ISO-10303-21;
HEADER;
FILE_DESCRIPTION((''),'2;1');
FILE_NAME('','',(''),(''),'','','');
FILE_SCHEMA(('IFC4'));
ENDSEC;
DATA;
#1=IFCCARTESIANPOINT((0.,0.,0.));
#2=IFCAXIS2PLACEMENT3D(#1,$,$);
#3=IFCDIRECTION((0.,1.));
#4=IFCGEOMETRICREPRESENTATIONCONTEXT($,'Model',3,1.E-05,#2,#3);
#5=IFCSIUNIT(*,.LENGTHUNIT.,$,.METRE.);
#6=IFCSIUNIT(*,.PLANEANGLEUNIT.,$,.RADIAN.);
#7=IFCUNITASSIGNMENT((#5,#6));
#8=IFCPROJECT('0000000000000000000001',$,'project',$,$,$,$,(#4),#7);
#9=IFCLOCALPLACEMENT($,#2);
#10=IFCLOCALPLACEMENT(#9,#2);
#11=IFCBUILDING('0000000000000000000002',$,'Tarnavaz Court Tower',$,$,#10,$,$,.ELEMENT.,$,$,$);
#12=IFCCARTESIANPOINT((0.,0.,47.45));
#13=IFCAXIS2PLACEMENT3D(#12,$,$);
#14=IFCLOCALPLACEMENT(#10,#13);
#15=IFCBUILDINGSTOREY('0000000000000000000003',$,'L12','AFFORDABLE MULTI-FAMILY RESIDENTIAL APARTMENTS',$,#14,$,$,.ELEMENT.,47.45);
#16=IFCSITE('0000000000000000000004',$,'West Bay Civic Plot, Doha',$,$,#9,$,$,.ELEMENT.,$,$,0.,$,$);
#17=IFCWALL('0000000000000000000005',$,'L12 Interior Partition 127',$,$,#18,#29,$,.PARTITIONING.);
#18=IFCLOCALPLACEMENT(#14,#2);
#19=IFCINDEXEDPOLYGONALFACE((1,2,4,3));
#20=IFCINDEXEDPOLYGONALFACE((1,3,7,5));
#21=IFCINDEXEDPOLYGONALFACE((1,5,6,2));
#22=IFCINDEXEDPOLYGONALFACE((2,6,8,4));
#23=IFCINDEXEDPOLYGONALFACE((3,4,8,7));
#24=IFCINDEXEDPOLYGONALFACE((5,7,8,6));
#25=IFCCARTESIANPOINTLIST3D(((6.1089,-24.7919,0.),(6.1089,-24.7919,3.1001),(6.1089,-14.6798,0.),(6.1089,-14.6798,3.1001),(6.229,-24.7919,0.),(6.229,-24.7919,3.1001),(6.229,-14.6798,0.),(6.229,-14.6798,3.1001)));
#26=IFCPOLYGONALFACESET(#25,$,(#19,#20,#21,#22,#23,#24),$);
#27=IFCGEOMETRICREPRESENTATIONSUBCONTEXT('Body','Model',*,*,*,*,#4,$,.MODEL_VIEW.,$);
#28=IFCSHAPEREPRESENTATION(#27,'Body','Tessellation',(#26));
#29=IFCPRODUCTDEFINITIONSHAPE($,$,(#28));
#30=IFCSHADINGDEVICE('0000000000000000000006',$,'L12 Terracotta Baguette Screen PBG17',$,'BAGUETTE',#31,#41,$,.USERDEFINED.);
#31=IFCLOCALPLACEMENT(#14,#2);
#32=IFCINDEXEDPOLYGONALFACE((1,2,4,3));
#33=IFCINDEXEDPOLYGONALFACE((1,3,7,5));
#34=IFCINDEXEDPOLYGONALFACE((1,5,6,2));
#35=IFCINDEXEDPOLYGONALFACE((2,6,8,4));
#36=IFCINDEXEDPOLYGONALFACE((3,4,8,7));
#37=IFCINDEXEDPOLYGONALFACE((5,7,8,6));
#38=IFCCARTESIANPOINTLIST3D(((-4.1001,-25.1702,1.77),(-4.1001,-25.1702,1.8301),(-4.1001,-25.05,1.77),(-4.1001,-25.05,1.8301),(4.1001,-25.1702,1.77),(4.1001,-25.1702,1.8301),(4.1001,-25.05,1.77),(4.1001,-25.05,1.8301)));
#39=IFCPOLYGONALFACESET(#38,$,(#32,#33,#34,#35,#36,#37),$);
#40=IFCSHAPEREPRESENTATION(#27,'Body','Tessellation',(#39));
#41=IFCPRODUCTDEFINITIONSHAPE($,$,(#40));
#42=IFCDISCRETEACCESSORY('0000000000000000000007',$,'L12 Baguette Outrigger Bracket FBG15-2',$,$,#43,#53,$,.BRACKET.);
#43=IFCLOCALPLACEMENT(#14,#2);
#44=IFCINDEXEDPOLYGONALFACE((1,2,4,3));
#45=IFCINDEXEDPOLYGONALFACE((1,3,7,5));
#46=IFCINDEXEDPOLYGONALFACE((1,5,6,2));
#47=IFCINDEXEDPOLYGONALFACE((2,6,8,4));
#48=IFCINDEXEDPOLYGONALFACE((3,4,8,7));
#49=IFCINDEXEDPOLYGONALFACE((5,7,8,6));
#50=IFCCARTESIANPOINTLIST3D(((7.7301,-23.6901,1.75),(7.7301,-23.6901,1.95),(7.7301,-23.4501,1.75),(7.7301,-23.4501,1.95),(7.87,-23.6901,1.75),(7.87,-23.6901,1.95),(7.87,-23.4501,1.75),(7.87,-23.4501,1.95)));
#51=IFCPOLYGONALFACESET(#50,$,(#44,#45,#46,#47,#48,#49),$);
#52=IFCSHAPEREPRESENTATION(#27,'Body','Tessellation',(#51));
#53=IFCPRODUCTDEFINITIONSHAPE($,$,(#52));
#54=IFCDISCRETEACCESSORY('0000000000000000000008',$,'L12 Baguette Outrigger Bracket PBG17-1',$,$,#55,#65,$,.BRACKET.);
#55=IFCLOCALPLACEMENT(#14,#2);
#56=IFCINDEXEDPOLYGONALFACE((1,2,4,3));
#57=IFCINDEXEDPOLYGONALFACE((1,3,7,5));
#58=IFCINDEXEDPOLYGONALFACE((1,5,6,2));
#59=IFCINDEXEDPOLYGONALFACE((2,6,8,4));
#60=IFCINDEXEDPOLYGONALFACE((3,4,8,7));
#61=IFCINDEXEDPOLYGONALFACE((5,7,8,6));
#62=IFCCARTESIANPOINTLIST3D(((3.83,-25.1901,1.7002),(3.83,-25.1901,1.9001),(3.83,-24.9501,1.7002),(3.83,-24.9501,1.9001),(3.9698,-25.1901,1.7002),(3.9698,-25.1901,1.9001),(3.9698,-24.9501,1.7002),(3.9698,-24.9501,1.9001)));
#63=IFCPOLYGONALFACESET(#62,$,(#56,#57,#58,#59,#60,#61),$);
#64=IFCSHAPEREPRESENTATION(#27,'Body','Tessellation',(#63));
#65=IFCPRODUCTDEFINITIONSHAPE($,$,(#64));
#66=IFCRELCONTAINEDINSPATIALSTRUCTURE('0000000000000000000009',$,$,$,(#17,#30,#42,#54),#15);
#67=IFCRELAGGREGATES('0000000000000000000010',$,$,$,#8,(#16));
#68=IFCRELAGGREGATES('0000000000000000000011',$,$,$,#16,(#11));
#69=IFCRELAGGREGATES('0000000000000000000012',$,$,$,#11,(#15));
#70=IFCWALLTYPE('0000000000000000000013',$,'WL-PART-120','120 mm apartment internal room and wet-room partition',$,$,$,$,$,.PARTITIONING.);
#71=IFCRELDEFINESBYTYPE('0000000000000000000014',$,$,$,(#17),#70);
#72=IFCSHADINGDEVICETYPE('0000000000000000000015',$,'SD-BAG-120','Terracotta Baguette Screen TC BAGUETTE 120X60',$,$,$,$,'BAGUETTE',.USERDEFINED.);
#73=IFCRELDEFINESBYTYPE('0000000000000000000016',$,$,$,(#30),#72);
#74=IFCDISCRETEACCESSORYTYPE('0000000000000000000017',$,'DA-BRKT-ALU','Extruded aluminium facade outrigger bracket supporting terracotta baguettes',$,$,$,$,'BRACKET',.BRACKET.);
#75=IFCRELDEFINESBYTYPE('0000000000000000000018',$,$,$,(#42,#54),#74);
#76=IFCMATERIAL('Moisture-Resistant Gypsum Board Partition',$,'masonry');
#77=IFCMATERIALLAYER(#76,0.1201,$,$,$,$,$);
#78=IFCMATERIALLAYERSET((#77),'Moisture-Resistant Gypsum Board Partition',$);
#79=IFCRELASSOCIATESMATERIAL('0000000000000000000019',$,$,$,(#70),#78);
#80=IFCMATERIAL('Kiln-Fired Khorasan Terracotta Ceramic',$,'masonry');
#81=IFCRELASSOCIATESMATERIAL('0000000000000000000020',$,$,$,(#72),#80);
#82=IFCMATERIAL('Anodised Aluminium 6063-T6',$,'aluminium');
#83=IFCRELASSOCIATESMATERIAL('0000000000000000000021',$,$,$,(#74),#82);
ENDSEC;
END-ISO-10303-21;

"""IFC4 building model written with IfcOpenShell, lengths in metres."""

from ifc_helpers import new_model, si_unit, direction, frame, frame_2d, origin, origin_2d, place, context, subcontext, project, spatial, rectangle, extrude, material, layer, layer_set, material_profile, profile_set, type_object, element, save


model = new_model("IFC4")

# Units and contexts
model_context = context("Model", 3, precision=1e-05, world=origin(), true_north=direction((0.0, 1.0)))
body_context = subcontext(model_context, "Body", "Model", "MODEL_VIEW")
ifc_project = project(units=[si_unit("LENGTHUNIT", "METRE"), si_unit("PLANEANGLEUNIT", "RADIAN")], contexts=[model_context])

# Site, building, storey
site_placement = place(None, origin())
site = spatial("IfcSite", under=ifc_project, at=site_placement, Name="West Bay Civic Plot, Doha", CompositionType="ELEMENT", RefElevation=0.0)
building_placement = place(site_placement, origin())
building = spatial("IfcBuilding", under=site, at=building_placement, Name="Tarnavaz Court Tower", CompositionType="ELEMENT")
storey_placement = place(building_placement, frame((0.0, 0.0, 47.45)))
storey = spatial("IfcBuildingStorey", under=building, at=storey_placement, Name="L12", Description="AFFORDABLE MULTI-FAMILY RESIDENTIAL APARTMENTS", CompositionType="ELEMENT", Elevation=47.45)

# Shared definitions
ifc_material_1 = material(Name="Anodised Aluminium 6063-T6", Category="aluminium")

# Shared definitions
ifc_material_2 = material(Name="Moisture-Resistant Gypsum Board Partition", Category="masonry")
ifc_layer_1 = layer(ifc_material_2, 0.1201)
ifc_layer_set_1 = layer_set([ifc_layer_1], Name="Moisture-Resistant Gypsum Board Partition")
wall_type_1 = type_object("IfcWallType", Name="WL-PART-120", Description="120 mm apartment internal room and wet-room partition", PredefinedType="PARTITIONING", material=ifc_layer_set_1)

# Wall
wall_1_placement = place(storey_placement, frame((6.1689, -24.792, 0.0), z_axis=(0.0, 0.0, 1.0), x_axis=(0.0, 1.0, 0.0)))
element("IfcWall", 1, at=wall_1_placement, inside=storey, type_object=wall_type_1, Name="L12 Interior Partition 127", PredefinedType="PARTITIONING", context=body_context, shape_type="SweptSolid", body=[
    extrude(rectangle(XDim=10.1121, YDim=0.1201, at=frame_2d((5.0562, 0.0))), origin(), (0.0, 0.0, 1.0), 3.1001),
])

# Shading device
ifc_material_3 = material(Name="Kiln-Fired Khorasan Terracotta Ceramic", Category="masonry")
ifc_material_profile_1 = material_profile(ifc_material_3, rectangle(XDim=0.1201, YDim=0.0601, at=origin_2d()), Name="TC BAGUETTE 120X60")
ifc_profile_set_1 = profile_set([ifc_material_profile_1], Name="Kiln-Fired Khorasan Terracotta Ceramic")
shading_device_type = type_object("IfcShadingDeviceType", Name="SD-BAG-120", Description="Terracotta Baguette Screen TC BAGUETTE 120X60", ElementType="BAGUETTE", PredefinedType="USERDEFINED", material=ifc_profile_set_1)
shading_device_placement = place(storey_placement, frame((4.1001, -25.1101, 1.8), z_axis=(-1.0, 0.0, 0.0), x_axis=(0.0, -1.0, 0.0)))
element("IfcShadingDevice", 2, at=shading_device_placement, inside=storey, type_object=shading_device_type, Name="L12 Terracotta Baguette Screen PBG17", ObjectType="BAGUETTE", PredefinedType="USERDEFINED", context=body_context, shape_type="SweptSolid", body=[
    extrude(rectangle(XDim=0.1201, YDim=0.0601, at=origin_2d()), origin(), (0.0, 0.0, 1.0), 8.2002),
])

# Discrete accessories
discrete_accessory_type = type_object("IfcDiscreteAccessoryType", Name="DA-BRKT-ALU", Description="Extruded aluminium facade outrigger bracket supporting terracotta baguettes", ElementType="BRACKET", PredefinedType="BRACKET", material=ifc_material_1)
for number, where, z_axis, x_axis, name in (
    (3, (7.8, -23.5701, 1.75), (0.0, 0.0, 1.0), (-1.0, 0.0, 0.0), "L12 Baguette Outrigger Bracket FBG15-2"),
    (4, (3.8999, -25.0701, 1.7002), (0.0, 0.0, 1.0), (-1.0, 0.0, 0.0), "L12 Baguette Outrigger Bracket PBG17-1"),
):
    element("IfcDiscreteAccessory", number, at=place(storey_placement, frame(where, z_axis=z_axis, x_axis=x_axis)), inside=storey, type_object=discrete_accessory_type, Name=name, PredefinedType="BRACKET", context=body_context, shape_type="SweptSolid", body=[
        extrude(rectangle(XDim=0.1399, YDim=0.24, at=origin_2d()), origin(), (0.0, 0.0, 1.0), 0.2),
    ])

save(model, "model.ifc")
